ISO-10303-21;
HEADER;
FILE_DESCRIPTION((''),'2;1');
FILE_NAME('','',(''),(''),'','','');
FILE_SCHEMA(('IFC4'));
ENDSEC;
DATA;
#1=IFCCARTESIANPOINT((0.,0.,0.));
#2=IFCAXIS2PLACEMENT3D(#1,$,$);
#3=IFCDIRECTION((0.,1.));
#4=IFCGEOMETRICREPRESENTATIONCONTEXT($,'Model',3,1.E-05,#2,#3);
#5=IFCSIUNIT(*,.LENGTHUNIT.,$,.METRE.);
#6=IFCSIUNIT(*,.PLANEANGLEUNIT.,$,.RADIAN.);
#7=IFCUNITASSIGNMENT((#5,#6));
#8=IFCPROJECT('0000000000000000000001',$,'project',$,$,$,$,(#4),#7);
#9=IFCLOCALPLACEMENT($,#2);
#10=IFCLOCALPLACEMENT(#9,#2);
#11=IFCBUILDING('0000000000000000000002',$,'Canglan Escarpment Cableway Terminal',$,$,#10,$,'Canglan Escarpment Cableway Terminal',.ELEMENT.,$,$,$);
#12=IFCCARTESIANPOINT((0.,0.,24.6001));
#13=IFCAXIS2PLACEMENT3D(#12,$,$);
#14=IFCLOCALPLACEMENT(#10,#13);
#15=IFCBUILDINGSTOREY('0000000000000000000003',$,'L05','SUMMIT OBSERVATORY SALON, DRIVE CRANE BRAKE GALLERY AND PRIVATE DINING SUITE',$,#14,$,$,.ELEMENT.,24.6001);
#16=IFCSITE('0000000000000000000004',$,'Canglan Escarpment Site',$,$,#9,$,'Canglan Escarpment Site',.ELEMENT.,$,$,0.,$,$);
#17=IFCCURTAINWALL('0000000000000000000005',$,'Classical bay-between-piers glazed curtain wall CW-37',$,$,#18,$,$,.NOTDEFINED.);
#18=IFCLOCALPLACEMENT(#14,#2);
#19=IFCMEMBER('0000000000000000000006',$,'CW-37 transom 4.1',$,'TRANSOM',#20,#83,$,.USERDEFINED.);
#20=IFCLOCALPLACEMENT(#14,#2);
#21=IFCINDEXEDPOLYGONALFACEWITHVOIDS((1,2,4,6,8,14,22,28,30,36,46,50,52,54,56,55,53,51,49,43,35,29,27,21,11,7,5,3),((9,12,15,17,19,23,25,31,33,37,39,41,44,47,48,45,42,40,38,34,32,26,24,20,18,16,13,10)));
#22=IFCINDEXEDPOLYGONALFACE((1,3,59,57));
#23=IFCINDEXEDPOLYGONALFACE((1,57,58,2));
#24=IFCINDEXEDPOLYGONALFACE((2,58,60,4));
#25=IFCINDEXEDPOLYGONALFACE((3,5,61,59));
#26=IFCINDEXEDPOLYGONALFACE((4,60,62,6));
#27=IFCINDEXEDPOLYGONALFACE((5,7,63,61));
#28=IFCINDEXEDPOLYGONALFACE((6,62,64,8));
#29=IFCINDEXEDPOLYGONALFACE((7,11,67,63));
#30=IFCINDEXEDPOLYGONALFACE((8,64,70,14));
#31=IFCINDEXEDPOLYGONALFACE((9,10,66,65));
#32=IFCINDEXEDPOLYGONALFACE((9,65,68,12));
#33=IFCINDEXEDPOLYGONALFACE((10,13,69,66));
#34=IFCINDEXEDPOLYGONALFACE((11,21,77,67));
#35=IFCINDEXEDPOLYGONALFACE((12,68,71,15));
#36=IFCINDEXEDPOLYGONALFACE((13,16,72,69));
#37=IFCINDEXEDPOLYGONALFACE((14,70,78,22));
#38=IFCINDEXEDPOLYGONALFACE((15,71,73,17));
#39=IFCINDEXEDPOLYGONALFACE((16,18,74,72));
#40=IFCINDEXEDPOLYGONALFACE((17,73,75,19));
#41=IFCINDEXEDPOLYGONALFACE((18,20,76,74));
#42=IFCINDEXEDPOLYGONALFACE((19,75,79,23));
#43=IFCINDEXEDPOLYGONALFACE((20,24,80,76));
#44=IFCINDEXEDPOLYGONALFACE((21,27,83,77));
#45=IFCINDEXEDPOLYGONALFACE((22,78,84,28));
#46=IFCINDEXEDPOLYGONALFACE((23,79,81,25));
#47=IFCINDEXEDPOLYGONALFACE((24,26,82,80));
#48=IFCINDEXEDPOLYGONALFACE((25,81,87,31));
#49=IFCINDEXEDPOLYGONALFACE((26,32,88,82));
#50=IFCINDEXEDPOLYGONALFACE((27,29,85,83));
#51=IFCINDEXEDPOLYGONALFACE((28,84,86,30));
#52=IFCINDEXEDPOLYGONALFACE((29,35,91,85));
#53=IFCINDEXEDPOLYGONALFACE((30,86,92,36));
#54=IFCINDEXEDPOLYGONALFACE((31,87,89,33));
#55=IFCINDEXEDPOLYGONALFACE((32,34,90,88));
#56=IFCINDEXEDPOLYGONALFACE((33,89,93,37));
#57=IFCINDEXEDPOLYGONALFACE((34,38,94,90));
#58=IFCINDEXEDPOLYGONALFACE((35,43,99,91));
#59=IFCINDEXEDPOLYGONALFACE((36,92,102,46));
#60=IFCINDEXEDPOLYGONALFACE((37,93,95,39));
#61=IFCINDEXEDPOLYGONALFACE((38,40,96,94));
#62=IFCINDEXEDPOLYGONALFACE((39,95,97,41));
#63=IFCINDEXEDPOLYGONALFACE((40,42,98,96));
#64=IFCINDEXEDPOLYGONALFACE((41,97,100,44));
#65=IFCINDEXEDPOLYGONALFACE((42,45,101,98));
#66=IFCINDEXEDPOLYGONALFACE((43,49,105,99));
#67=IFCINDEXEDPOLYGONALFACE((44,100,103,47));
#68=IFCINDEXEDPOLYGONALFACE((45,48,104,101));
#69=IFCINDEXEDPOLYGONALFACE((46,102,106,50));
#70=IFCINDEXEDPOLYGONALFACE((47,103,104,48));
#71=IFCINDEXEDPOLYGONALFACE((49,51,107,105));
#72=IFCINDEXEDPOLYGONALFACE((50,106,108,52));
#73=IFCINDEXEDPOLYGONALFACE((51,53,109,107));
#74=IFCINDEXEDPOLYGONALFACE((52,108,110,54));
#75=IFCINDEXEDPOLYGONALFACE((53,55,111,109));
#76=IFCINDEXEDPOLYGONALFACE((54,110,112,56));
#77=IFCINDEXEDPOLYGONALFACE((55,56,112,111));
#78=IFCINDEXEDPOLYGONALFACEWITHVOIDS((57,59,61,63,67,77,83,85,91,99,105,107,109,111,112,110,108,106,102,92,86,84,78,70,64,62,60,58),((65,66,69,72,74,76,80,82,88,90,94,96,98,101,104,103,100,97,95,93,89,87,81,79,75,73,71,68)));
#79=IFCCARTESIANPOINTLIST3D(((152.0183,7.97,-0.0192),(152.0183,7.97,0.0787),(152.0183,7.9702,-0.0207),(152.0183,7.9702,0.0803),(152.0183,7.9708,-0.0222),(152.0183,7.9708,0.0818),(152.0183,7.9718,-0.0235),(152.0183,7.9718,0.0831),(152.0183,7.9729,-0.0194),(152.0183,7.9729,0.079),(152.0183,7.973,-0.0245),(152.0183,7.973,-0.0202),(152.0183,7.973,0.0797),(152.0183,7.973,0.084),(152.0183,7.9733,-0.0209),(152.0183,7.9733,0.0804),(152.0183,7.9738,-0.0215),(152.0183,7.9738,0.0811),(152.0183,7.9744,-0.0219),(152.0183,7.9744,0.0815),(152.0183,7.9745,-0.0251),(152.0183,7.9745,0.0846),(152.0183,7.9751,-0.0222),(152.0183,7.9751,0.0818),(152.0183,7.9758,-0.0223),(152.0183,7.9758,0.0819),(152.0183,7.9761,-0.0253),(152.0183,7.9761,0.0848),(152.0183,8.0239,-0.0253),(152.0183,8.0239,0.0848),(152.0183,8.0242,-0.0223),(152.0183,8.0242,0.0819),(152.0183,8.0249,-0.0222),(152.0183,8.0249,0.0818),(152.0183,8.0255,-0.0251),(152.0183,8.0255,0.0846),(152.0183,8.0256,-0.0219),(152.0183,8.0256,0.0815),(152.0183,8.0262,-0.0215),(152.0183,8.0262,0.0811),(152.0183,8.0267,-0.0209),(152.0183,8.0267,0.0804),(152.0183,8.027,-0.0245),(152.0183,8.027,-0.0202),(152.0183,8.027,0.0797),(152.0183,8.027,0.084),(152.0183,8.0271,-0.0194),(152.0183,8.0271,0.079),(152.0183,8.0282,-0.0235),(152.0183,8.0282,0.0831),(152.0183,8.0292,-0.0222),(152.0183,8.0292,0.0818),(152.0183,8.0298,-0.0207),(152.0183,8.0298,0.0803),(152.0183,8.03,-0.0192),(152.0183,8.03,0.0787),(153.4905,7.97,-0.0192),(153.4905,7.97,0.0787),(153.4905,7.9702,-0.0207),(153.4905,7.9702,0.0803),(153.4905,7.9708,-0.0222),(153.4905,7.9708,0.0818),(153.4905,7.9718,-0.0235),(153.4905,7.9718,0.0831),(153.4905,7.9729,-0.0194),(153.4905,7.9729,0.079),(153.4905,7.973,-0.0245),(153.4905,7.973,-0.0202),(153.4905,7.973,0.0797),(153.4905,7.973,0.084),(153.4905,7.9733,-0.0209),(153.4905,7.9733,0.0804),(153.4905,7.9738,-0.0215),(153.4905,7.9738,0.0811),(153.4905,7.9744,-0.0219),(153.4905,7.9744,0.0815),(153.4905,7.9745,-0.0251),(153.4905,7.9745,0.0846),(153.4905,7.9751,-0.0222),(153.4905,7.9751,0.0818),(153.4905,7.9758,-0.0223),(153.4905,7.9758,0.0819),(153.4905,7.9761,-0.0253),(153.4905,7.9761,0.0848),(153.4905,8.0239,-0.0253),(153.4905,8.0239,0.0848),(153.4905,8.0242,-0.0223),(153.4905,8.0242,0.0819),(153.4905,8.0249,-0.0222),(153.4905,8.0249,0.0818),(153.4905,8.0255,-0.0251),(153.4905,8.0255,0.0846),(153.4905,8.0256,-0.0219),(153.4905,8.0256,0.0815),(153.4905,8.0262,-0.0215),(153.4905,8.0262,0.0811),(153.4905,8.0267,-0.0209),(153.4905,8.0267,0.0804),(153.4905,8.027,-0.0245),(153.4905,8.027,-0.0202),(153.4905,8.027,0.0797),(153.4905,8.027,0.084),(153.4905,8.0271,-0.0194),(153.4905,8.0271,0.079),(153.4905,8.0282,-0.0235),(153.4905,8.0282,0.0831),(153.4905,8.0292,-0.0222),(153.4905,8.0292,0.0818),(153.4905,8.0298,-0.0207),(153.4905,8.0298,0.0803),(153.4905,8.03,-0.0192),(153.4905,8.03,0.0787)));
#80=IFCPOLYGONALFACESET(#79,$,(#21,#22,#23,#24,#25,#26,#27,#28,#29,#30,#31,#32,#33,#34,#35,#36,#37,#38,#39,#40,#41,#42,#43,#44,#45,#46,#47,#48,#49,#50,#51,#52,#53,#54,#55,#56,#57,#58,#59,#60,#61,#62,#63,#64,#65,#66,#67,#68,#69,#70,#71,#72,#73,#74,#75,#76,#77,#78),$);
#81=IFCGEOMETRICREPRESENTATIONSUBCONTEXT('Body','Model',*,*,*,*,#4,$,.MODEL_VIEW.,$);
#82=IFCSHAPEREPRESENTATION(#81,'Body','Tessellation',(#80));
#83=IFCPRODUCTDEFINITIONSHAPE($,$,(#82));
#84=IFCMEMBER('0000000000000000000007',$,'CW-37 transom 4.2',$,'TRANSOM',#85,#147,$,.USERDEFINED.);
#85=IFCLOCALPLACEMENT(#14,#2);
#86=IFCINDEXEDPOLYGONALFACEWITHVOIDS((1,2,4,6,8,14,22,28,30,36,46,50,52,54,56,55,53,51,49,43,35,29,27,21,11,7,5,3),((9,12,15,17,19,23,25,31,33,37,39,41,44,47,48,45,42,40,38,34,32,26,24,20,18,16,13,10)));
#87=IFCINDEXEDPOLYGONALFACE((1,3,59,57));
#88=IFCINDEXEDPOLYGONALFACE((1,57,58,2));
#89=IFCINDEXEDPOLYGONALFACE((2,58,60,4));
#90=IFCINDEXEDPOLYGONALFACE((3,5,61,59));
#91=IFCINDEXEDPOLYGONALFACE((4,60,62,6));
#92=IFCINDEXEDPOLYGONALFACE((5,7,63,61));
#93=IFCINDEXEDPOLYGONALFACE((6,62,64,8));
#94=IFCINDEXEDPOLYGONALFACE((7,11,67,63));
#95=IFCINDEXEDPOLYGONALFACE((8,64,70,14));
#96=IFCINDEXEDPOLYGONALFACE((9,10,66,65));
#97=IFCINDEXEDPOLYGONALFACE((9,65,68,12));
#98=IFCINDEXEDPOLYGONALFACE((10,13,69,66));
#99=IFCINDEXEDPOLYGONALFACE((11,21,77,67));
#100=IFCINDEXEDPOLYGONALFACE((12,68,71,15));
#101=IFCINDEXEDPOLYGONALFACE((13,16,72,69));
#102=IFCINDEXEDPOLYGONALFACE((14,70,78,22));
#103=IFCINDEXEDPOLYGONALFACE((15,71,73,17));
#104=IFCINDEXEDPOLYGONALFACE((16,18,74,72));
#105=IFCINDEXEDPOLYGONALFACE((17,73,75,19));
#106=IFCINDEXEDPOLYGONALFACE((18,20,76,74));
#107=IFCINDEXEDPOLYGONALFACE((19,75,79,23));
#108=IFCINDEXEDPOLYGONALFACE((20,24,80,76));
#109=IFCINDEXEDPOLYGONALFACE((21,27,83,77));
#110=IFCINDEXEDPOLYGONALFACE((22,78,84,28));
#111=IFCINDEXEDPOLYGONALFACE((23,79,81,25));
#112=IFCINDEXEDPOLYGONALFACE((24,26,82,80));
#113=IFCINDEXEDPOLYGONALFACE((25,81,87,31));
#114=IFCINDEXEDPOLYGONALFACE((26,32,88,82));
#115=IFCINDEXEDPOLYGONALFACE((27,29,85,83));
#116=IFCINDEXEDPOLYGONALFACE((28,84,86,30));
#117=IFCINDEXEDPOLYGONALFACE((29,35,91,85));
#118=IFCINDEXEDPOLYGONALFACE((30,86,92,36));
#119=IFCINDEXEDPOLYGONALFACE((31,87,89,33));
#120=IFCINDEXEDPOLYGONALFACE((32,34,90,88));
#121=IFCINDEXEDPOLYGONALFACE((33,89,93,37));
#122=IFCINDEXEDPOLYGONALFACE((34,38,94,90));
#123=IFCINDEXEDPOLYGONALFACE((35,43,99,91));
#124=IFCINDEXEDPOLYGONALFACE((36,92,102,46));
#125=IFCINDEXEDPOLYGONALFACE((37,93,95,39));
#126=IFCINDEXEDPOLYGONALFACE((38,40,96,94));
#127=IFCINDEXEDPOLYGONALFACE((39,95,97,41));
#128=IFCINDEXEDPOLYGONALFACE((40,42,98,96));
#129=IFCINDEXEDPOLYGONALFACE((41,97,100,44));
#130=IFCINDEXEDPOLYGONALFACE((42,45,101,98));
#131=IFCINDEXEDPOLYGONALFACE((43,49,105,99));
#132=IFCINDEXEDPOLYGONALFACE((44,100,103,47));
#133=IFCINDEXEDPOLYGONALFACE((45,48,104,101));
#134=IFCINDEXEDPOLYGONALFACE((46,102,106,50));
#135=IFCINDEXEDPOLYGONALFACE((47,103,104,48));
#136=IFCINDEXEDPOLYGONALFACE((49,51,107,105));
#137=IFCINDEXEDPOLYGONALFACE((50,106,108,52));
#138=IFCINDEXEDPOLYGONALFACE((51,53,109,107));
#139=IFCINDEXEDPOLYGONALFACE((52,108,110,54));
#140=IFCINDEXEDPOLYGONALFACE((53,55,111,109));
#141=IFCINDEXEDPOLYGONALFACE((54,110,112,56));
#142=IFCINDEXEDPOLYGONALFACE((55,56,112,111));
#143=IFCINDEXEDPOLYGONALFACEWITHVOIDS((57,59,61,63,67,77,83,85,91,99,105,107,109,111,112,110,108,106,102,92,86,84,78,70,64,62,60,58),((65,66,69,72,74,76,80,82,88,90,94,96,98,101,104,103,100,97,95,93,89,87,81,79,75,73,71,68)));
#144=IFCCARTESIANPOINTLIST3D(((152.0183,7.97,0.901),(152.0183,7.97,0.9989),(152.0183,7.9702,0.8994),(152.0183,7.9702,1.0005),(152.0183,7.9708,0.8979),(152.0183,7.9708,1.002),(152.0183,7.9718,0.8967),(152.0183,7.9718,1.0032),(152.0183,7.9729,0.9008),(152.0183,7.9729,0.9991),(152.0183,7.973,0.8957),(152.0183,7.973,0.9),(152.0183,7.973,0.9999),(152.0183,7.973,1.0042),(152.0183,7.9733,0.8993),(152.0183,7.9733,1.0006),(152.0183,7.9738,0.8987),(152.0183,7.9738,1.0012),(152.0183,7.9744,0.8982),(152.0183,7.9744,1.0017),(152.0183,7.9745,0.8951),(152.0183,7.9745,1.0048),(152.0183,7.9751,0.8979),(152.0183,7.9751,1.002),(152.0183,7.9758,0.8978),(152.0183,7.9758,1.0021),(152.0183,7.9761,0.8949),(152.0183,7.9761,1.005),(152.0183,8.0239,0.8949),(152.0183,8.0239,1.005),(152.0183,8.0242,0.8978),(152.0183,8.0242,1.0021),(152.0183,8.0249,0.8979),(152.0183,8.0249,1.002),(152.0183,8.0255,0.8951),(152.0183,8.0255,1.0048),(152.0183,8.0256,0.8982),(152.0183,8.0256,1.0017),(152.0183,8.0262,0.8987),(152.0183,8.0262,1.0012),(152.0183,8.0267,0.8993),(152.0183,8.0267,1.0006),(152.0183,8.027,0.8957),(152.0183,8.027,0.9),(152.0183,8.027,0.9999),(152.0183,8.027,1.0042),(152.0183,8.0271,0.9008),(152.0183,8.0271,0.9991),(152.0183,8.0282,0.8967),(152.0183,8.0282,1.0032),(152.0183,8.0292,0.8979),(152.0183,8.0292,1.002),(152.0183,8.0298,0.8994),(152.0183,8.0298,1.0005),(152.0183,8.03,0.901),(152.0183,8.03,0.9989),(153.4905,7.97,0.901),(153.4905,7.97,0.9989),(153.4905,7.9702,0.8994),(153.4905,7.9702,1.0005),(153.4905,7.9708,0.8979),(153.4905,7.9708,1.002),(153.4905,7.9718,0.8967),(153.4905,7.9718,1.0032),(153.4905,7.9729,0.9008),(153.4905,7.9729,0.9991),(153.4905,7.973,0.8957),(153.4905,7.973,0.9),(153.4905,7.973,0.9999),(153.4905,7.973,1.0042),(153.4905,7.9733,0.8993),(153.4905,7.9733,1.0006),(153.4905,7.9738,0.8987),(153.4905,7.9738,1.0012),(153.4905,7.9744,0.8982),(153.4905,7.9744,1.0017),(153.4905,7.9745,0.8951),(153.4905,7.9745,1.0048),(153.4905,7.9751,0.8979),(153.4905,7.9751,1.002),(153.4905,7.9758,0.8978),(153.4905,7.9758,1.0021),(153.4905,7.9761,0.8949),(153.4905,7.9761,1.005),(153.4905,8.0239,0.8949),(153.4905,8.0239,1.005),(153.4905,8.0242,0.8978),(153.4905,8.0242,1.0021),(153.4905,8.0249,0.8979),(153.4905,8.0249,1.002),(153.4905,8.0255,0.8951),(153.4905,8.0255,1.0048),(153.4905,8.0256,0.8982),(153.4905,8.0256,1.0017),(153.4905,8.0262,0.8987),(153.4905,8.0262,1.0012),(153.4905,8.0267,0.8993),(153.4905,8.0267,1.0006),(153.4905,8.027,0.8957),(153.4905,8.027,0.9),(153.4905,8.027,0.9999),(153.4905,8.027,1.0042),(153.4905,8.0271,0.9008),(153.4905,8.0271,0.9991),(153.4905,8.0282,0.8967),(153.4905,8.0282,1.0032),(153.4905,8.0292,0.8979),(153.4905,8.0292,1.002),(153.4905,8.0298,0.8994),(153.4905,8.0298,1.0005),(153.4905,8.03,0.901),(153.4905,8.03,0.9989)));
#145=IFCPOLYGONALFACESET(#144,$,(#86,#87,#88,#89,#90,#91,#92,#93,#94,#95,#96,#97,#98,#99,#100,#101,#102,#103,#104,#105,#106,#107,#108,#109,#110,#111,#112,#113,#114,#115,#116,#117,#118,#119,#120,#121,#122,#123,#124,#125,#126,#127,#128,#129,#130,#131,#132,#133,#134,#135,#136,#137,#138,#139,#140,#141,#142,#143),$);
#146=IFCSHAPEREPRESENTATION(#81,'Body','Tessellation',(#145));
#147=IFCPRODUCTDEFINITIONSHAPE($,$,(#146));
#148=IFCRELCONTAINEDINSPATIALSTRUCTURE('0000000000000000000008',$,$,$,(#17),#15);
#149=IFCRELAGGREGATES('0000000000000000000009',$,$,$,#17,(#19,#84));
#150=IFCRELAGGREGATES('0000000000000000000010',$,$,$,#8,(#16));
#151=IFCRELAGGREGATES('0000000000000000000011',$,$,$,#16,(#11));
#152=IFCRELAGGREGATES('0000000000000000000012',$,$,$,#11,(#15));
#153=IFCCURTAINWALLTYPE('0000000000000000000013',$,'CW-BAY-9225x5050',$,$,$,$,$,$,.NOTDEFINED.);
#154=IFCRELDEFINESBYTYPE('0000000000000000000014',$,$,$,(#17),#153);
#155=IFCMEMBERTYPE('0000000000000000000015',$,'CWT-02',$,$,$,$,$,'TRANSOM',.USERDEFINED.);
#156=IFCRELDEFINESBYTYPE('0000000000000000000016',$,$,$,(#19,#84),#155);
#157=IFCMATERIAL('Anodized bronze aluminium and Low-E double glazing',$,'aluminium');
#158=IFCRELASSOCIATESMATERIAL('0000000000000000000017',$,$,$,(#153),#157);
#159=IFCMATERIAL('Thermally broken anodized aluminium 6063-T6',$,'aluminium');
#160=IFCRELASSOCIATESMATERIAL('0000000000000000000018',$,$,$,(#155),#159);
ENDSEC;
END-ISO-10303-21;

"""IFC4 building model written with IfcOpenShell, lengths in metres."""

from ifc_helpers import new_model, si_unit, direction, frame, origin, origin_2d, place, context, subcontext, project, spatial, hollow_rectangle, extrude, material, material_profile, profile_set, type_object, element, aggregate, save


model = new_model("IFC4")

# Units and contexts
model_context = context("Model", 3, precision=1e-05, world=origin(), true_north=direction((0.0, 1.0)))
body_context = subcontext(model_context, "Body", "Model", "MODEL_VIEW")
ifc_project = project(units=[si_unit("LENGTHUNIT", "METRE"), si_unit("PLANEANGLEUNIT", "RADIAN")], contexts=[model_context])

# Site, building, storey
site_placement = place(None, origin())
site = spatial("IfcSite", under=ifc_project, at=site_placement, Name="Canglan Escarpment Site", LongName="Canglan Escarpment Site", CompositionType="ELEMENT", RefElevation=0.0)
building_placement = place(site_placement, origin())
building = spatial("IfcBuilding", under=site, at=building_placement, Name="Canglan Escarpment Cableway Terminal", LongName="Canglan Escarpment Cableway Terminal", CompositionType="ELEMENT")
storey_placement = place(building_placement, frame((0.0, 0.0, 24.6001)))
storey = spatial("IfcBuildingStorey", under=building, at=storey_placement, Name="L05", Description="SUMMIT OBSERVATORY SALON, DRIVE CRANE BRAKE GALLERY AND PRIVATE DINING SUITE", CompositionType="ELEMENT", Elevation=24.6001)

# Curtain wall, members
ifc_material_1 = material(Name="Anodized bronze aluminium and Low-E double glazing", Category="aluminium")
curtain_wall_type = type_object("IfcCurtainWallType", Name="CW-BAY-9225x5050", PredefinedType="NOTDEFINED", material=ifc_material_1)
curtain_wall_placement = place(storey_placement, origin())
curtain_wall = element("IfcCurtainWall", 1, at=curtain_wall_placement, inside=storey, type_object=curtain_wall_type, Name="Classical bay-between-piers glazed curtain wall CW-37", PredefinedType="NOTDEFINED")
ifc_material_2 = material(Name="Thermally broken anodized aluminium 6063-T6", Category="aluminium")
ifc_material_profile_1 = material_profile(ifc_material_2, hollow_rectangle(XDim=0.0601, YDim=0.1101, WallThickness=0.0029, InnerFilletRadius=0.0029, OuterFilletRadius=0.0061, at=origin_2d()), Name="ALU-TRAN 60x110x3")
ifc_profile_set_1 = profile_set([ifc_material_profile_1], Name="Thermally broken anodized aluminium 6063-T6")
member_type_1 = type_object("IfcMemberType", Name="CWT-02", ElementType="TRANSOM", PredefinedType="USERDEFINED", material=ifc_profile_set_1)
member_1_placement = place(storey_placement, frame((152.0183, 8.0, 0.0298), z_axis=(1.0, 0.0, 0.0), x_axis=(0.0, 1.0, 0.0)))
member_1 = element("IfcMember", 2, at=member_1_placement, type_object=member_type_1, Name="CW-37 transom 4.1", ObjectType="TRANSOM", PredefinedType="USERDEFINED", context=body_context, shape_type="SweptSolid", body=[
    extrude(hollow_rectangle(XDim=0.0601, YDim=0.1101, WallThickness=0.0029, InnerFilletRadius=0.0029, OuterFilletRadius=0.0061, at=origin_2d()), origin(), (0.0, 0.0, 1.0), 1.4722),
])
member_2_placement = place(storey_placement, frame((152.0183, 8.0, 0.95), z_axis=(1.0, 0.0, 0.0), x_axis=(0.0, 1.0, 0.0)))
member_2 = element("IfcMember", 3, at=member_2_placement, type_object=member_type_1, Name="CW-37 transom 4.2", ObjectType="TRANSOM", PredefinedType="USERDEFINED", context=body_context, shape_type="SweptSolid", body=[
    extrude(hollow_rectangle(XDim=0.0601, YDim=0.1101, WallThickness=0.0029, InnerFilletRadius=0.0029, OuterFilletRadius=0.0061, at=origin_2d()), origin(), (0.0, 0.0, 1.0), 1.4722),
])

aggregate(curtain_wall, [member_1, member_2])

save(model, "model.ifc")
